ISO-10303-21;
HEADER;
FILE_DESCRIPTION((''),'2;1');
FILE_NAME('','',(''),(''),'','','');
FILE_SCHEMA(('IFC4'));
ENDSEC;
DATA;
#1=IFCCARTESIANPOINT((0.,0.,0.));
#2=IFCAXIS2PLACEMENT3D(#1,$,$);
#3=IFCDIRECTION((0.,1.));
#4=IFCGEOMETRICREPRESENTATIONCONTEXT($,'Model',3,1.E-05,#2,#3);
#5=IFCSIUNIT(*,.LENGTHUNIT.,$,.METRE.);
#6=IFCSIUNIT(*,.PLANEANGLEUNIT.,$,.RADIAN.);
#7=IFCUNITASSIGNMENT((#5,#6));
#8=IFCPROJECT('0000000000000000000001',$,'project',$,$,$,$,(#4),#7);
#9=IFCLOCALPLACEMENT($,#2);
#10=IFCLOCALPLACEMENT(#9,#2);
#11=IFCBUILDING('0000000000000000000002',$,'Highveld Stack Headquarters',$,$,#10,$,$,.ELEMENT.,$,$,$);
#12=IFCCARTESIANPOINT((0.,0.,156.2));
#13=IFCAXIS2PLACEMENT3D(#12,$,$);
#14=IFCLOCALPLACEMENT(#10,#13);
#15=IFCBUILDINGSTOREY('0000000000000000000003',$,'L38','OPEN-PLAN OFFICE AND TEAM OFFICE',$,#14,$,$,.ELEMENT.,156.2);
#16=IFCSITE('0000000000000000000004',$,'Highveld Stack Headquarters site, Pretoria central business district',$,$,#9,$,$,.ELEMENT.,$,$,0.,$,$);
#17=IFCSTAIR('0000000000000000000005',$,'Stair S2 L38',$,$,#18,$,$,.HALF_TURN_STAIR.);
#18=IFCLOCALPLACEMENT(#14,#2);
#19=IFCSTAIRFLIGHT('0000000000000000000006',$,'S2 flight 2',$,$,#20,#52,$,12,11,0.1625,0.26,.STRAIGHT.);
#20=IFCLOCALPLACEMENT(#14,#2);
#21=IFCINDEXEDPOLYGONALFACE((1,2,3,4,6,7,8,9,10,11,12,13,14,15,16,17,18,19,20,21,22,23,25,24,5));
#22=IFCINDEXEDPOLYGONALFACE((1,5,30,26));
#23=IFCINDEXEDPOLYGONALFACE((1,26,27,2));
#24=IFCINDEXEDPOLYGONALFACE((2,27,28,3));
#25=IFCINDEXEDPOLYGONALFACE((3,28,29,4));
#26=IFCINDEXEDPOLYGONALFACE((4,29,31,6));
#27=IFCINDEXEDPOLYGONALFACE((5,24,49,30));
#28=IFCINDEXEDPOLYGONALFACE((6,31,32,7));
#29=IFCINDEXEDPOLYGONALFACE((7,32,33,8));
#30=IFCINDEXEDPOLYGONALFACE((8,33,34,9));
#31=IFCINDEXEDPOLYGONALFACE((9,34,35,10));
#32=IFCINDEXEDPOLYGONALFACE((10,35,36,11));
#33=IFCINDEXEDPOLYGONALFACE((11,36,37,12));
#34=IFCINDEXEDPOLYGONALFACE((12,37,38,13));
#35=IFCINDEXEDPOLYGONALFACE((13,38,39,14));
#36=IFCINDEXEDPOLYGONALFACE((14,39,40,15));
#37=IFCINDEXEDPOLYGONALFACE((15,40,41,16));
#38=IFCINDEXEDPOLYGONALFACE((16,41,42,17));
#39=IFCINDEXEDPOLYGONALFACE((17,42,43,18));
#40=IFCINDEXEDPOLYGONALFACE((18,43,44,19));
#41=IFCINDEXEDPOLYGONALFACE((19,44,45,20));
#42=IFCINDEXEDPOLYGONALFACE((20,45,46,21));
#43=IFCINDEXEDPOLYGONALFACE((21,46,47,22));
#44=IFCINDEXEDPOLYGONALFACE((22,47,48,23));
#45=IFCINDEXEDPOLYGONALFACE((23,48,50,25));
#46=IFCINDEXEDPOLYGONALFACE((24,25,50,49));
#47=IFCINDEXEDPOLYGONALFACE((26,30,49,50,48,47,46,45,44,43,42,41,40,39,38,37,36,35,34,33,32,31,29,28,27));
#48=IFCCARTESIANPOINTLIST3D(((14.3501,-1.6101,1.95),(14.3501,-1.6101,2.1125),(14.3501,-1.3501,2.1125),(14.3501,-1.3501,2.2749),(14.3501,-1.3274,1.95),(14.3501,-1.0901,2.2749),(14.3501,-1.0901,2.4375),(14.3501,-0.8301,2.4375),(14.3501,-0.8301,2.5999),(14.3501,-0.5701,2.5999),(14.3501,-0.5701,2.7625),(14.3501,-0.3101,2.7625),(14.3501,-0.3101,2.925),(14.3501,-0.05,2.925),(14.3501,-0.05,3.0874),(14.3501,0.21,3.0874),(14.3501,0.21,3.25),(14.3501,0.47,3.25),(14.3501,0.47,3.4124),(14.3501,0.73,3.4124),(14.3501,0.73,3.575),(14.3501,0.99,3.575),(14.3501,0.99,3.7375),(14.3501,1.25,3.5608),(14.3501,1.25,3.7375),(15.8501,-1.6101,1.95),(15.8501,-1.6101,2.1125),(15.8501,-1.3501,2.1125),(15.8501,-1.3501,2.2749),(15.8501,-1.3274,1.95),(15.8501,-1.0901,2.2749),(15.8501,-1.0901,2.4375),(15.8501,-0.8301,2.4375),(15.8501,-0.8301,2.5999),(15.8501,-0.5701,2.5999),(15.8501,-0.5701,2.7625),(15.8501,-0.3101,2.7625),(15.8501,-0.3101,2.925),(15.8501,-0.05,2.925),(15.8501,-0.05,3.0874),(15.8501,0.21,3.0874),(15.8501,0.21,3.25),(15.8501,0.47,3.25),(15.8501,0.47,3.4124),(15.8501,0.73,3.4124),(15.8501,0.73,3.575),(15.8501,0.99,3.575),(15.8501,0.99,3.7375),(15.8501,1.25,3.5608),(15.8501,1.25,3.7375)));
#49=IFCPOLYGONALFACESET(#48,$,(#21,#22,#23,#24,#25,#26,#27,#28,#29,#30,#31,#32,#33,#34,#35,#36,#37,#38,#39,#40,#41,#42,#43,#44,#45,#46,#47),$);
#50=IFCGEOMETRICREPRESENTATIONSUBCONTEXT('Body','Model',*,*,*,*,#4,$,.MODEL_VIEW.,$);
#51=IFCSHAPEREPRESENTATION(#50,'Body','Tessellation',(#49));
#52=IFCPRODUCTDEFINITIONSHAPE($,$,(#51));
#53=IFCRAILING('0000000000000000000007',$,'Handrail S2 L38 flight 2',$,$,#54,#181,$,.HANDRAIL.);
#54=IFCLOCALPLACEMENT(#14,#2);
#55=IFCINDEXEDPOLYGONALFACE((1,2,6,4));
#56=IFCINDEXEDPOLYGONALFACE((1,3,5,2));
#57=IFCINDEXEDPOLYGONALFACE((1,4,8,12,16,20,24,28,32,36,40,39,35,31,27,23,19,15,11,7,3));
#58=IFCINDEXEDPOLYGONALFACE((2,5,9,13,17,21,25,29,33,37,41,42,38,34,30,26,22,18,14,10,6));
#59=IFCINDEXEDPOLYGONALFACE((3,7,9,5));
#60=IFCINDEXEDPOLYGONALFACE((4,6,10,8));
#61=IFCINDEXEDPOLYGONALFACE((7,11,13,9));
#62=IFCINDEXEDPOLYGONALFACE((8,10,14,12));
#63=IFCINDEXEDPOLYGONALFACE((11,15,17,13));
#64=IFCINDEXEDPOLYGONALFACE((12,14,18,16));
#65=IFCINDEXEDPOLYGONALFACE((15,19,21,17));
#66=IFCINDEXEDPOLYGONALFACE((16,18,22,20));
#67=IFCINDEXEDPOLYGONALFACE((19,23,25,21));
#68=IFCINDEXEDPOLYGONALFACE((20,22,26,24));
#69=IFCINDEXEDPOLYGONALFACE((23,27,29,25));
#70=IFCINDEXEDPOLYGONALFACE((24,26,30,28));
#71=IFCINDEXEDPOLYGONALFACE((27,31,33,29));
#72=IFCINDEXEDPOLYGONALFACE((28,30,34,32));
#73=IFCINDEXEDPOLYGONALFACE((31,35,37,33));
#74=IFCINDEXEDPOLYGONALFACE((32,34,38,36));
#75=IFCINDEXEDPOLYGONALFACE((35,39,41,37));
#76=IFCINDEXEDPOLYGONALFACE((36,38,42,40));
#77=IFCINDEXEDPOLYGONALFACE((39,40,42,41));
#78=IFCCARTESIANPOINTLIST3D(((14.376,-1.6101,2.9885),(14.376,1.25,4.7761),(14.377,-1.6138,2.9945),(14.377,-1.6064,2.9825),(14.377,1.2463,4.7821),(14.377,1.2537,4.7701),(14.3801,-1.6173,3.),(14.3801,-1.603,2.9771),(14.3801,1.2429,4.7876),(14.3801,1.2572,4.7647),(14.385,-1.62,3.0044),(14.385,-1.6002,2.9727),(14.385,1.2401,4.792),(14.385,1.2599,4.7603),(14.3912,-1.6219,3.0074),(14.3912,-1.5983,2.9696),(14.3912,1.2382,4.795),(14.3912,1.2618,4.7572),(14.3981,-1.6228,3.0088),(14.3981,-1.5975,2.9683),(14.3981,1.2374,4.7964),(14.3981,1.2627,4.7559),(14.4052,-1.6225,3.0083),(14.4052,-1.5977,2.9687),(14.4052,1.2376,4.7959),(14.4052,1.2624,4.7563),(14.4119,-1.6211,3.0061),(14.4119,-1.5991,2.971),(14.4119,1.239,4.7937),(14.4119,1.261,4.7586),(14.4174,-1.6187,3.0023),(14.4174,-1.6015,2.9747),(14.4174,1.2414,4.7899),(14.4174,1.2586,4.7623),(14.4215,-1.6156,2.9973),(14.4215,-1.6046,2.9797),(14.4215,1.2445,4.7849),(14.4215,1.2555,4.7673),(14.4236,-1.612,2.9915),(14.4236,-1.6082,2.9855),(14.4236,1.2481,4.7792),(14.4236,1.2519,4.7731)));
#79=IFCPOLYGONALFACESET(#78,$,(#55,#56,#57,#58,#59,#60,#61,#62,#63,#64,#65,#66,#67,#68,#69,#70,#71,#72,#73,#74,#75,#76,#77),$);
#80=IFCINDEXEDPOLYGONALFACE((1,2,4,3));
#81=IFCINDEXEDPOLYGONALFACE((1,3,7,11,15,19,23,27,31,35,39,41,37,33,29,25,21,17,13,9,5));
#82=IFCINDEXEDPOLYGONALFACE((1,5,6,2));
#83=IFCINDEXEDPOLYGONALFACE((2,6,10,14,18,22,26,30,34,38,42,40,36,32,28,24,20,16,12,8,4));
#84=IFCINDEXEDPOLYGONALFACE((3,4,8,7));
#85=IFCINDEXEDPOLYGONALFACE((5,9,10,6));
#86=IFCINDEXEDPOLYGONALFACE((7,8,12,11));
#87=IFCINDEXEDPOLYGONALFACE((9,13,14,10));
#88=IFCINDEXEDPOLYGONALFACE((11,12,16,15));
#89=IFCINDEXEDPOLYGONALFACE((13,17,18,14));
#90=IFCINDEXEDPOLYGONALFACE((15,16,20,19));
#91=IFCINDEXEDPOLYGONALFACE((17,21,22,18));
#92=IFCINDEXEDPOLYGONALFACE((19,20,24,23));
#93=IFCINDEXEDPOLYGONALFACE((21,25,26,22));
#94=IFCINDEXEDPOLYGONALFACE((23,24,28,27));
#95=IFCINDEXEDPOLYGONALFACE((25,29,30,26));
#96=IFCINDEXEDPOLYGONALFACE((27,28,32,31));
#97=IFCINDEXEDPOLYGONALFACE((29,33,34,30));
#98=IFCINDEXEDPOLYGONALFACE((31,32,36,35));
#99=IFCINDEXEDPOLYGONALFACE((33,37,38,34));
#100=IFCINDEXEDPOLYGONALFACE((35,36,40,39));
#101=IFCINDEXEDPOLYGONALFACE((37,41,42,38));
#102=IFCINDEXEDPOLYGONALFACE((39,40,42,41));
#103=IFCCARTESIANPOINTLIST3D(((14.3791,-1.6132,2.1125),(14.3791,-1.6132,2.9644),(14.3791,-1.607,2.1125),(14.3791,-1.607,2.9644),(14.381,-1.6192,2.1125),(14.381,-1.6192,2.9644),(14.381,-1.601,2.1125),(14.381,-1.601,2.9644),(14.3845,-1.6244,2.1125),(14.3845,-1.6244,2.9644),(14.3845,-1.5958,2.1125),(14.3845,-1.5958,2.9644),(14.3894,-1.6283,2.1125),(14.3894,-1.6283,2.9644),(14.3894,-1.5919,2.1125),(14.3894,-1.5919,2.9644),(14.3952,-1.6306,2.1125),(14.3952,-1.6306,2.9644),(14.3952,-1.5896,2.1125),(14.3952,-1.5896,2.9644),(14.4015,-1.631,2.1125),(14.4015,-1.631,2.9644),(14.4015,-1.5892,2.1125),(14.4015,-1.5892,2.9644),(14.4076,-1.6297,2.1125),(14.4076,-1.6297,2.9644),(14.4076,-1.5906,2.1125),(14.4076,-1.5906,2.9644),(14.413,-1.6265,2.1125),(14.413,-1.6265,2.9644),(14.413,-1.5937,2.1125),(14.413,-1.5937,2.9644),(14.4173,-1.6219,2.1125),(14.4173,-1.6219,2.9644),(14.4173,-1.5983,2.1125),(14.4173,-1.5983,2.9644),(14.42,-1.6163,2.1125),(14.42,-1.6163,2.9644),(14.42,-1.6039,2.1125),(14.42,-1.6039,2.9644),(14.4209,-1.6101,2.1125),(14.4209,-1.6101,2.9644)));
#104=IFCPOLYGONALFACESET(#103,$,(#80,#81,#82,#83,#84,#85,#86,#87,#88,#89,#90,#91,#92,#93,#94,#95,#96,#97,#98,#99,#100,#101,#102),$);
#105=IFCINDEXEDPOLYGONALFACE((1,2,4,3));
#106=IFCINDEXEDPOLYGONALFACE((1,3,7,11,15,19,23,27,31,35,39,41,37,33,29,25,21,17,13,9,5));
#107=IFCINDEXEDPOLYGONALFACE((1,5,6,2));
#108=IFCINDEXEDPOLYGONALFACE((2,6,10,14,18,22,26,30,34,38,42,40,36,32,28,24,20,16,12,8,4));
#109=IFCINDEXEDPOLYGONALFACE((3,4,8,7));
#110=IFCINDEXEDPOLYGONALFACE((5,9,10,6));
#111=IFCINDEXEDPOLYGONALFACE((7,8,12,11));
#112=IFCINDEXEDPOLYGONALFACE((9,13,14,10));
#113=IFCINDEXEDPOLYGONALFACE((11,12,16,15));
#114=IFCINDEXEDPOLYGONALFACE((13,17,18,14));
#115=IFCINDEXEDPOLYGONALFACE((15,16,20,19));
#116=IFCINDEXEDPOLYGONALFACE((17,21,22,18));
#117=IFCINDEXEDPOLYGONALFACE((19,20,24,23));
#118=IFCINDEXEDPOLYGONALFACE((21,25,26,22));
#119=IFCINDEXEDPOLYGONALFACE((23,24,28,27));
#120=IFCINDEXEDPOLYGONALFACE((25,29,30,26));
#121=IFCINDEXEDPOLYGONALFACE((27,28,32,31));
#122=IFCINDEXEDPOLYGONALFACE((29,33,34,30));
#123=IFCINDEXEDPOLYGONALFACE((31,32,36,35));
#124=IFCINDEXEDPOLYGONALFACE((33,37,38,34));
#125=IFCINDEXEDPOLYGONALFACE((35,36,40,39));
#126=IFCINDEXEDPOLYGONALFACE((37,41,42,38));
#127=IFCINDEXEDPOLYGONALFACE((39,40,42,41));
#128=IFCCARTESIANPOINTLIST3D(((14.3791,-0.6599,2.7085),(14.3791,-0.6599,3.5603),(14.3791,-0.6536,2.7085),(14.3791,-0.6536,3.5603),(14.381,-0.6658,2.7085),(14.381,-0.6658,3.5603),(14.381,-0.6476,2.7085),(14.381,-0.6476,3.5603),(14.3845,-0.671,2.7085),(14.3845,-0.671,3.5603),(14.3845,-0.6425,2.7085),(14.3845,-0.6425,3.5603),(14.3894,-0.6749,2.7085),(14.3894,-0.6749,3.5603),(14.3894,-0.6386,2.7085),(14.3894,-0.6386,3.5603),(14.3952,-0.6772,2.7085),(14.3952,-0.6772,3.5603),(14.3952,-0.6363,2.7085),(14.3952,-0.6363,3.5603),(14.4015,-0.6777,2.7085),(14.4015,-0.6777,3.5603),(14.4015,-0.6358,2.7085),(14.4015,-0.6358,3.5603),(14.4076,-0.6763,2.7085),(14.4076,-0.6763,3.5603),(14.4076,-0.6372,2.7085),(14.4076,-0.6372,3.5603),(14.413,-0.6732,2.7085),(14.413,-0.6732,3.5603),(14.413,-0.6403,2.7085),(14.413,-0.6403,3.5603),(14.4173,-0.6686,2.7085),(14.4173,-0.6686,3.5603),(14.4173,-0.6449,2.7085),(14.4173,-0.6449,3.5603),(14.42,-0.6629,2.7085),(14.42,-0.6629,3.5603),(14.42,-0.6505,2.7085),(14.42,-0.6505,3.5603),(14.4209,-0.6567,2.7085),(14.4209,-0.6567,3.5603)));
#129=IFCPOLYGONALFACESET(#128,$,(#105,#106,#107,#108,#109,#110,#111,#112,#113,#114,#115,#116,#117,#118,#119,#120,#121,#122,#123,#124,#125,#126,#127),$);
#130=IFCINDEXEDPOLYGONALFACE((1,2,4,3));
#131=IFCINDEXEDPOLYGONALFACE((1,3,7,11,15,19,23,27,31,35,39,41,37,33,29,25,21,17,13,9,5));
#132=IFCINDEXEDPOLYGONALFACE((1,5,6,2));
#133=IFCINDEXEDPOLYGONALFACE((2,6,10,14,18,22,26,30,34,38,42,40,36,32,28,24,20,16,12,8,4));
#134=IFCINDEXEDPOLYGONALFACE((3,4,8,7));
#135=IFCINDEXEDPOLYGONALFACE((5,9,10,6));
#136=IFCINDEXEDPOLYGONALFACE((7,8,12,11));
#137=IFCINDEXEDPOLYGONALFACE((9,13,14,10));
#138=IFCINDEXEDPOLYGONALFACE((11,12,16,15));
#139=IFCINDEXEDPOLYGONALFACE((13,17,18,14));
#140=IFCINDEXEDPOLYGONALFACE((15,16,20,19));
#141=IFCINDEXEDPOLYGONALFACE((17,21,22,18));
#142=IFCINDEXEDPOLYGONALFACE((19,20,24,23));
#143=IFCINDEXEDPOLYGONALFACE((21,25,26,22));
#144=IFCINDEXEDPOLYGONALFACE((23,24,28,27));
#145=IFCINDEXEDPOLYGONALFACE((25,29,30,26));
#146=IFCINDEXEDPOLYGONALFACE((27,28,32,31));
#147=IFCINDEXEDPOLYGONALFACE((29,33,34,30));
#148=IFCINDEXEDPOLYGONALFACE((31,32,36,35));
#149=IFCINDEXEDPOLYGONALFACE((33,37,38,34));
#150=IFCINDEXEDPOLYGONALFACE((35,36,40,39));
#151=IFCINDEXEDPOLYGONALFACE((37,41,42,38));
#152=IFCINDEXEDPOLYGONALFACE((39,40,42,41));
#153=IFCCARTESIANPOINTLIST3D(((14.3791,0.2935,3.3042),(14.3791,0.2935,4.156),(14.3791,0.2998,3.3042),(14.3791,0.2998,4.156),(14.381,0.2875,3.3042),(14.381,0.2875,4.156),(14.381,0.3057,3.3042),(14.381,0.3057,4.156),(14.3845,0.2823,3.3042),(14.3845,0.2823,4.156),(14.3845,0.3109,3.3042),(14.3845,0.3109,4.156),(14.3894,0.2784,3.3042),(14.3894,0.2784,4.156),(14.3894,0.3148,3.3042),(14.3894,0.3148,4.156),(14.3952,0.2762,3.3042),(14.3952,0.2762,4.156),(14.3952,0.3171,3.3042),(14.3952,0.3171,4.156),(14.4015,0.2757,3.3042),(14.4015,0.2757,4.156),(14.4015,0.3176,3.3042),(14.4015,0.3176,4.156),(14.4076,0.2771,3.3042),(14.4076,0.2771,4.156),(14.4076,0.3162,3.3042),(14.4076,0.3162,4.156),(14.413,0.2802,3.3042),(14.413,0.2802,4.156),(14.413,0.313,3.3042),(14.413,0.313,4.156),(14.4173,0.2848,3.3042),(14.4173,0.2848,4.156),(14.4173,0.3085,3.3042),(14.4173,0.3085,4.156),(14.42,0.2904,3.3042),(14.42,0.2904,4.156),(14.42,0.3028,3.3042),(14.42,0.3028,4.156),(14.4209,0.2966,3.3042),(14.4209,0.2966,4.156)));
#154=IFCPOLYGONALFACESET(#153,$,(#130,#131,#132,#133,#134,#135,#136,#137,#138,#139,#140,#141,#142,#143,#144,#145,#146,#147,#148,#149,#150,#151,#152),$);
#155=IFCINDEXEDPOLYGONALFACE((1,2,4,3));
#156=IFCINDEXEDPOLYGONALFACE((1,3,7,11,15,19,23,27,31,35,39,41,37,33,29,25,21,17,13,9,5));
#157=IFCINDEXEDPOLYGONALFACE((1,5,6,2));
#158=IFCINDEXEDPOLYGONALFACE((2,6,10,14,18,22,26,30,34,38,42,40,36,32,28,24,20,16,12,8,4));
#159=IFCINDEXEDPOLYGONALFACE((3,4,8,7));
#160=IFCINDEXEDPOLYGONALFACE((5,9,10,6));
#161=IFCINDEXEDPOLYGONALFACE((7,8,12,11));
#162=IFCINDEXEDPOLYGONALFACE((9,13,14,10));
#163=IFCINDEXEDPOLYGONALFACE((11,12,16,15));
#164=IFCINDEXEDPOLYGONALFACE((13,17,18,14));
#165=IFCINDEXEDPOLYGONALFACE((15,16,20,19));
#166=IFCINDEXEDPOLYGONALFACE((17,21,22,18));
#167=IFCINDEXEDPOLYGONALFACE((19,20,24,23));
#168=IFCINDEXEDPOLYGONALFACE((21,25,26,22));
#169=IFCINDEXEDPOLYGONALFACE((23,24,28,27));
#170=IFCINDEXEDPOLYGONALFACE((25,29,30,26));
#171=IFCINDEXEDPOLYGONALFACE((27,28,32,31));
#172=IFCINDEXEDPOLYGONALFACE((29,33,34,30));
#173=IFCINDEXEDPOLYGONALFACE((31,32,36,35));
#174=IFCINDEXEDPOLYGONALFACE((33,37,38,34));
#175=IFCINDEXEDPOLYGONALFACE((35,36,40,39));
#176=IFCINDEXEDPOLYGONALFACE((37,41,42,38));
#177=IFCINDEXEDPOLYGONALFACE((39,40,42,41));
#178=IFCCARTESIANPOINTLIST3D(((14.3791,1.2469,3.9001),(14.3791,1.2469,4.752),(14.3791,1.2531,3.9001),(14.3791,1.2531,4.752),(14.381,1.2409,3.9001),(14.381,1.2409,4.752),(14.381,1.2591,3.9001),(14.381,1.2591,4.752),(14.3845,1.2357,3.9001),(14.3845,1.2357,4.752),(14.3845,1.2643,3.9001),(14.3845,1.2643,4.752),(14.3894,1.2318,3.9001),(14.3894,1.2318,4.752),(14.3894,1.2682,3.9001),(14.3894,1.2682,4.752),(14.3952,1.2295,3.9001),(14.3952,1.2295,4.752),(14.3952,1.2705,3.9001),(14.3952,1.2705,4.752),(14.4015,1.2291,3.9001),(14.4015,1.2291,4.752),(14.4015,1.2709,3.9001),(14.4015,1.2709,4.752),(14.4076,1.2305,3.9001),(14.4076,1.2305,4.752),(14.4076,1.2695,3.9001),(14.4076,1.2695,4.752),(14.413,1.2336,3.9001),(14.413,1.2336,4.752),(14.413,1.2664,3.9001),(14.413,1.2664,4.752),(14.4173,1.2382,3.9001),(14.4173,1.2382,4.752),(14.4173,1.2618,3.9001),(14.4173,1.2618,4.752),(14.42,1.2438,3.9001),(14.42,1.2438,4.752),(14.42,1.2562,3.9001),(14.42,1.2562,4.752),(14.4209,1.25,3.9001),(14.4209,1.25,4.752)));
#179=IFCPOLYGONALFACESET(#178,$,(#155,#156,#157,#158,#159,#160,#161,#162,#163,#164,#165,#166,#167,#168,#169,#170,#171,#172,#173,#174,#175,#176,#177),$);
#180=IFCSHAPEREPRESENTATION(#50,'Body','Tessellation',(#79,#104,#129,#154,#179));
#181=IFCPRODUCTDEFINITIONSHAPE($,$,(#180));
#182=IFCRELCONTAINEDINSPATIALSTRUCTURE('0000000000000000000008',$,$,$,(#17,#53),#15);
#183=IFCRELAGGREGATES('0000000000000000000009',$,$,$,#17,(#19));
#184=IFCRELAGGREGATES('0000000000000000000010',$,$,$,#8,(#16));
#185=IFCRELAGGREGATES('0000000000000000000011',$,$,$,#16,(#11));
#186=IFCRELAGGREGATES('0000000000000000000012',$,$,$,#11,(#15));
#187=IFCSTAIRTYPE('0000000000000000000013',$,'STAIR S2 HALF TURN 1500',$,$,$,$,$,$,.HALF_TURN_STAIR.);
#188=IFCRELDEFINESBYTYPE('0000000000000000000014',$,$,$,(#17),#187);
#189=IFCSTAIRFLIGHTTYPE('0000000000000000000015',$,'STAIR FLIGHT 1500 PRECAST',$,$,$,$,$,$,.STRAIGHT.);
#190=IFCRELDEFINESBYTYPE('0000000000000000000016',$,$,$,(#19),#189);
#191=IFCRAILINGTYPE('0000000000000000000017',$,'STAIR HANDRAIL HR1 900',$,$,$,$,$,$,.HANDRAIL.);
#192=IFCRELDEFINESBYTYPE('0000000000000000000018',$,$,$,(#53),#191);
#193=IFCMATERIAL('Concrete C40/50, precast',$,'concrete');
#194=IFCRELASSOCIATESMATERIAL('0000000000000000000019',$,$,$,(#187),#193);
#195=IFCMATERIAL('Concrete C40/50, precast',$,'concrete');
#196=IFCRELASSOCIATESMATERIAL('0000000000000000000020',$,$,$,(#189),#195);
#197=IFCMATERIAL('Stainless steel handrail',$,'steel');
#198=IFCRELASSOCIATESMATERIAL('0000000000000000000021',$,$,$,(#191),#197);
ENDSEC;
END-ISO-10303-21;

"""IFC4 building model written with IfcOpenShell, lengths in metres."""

from ifc_helpers import new_model, si_unit, direction, frame, origin, origin_2d, place, context, subcontext, project, spatial, polyline, circle, outline, extrude, material, type_object, element, aggregate, save


model = new_model("IFC4")

# Units and contexts
model_context = context("Model", 3, precision=1e-05, world=origin(), true_north=direction((0.0, 1.0)))
body_context = subcontext(model_context, "Body", "Model", "MODEL_VIEW")
ifc_project = project(units=[si_unit("LENGTHUNIT", "METRE"), si_unit("PLANEANGLEUNIT", "RADIAN")], contexts=[model_context])

# Site, building, storey
site_placement = place(None, origin())
site = spatial("IfcSite", under=ifc_project, at=site_placement, Name="Highveld Stack Headquarters site, Pretoria central business district", CompositionType="ELEMENT", RefElevation=0.0)
building_placement = place(site_placement, origin())
building = spatial("IfcBuilding", under=site, at=building_placement, Name="Highveld Stack Headquarters", CompositionType="ELEMENT")
storey_placement = place(building_placement, frame((0.0, 0.0, 156.2)))
storey = spatial("IfcBuildingStorey", under=building, at=storey_placement, Name="L38", Description="OPEN-PLAN OFFICE AND TEAM OFFICE", CompositionType="ELEMENT", Elevation=156.2)

# Stair, stair flight
ifc_material_1 = material(Name="Concrete C40/50, precast", Category="concrete")
stair_type = type_object("IfcStairType", Name="STAIR S2 HALF TURN 1500", PredefinedType="HALF_TURN_STAIR", material=ifc_material_1)
stair_placement = place(storey_placement, origin())
stair = element("IfcStair", 1, at=stair_placement, inside=storey, type_object=stair_type, Name="Stair S2 L38", PredefinedType="HALF_TURN_STAIR")
ifc_material_2 = material(Name="Concrete C40/50, precast", Category="concrete")
stair_flight_type = type_object("IfcStairFlightType", Name="STAIR FLIGHT 1500 PRECAST", PredefinedType="STRAIGHT", material=ifc_material_2)
stair_flight_placement = place(storey_placement, frame((15.1001, -1.6101, 1.95), z_axis=(0.0, 0.0, 1.0), x_axis=(0.0, 1.0, 0.0)))
stair_flight = element("IfcStairFlight", 2, at=stair_flight_placement, type_object=stair_flight_type, Name="S2 flight 2", NumberOfRisers=12, NumberOfTreads=11, PredefinedType="STRAIGHT", RiserHeight=0.1625, TreadLength=0.26, context=body_context, shape_type="SweptSolid", body=[
    extrude(outline(polyline([(0.0, 0.0), (0.0, 0.1626), (0.26, 0.1626), (0.26, 0.325), (0.52, 0.325), (0.52, 0.4875), (0.78, 0.4875), (0.78, 0.6499), (1.04, 0.6499), (1.04, 0.8125), (1.3, 0.8125), (1.3, 0.9751), (1.5601, 0.9751), (1.5601, 1.1375), (1.8201, 1.1375), (1.8201, 1.3), (2.0801, 1.3), (2.0801, 1.4624), (2.3401, 1.4624), (2.3401, 1.625), (2.6001, 1.625), (2.6001, 1.7876), (2.8601, 1.7876), (2.8601, 1.95), (2.8601, 1.6108), (0.2827, 0.0), (0.0, 0.0)])), frame((0.0, 0.75, 0.0), z_axis=(0.0, -1.0, 0.0), x_axis=(1.0, 0.0, 0.0)), (0.0, 0.0, 1.0), 1.5),
])
aggregate(stair, [stair_flight])

# Railing
ifc_material_3 = material(Name="Stainless steel handrail", Category="steel")
railing_type = type_object("IfcRailingType", Name="STAIR HANDRAIL HR1 900", PredefinedType="HANDRAIL", material=ifc_material_3)
for number, where, name in (
    (3, (14.3999, -1.6101, 2.1125), "Handrail S2 L38 flight 2"),
):
    element("IfcRailing", number, at=place(storey_placement, frame(where)), inside=storey, type_object=railing_type, Name=name, PredefinedType="HANDRAIL", context=body_context, shape_type="SweptSolid", body=[
        extrude(circle(Radius=0.0239, at=origin_2d()), frame((0.0, 0.0, 0.876), z_axis=(0.0, 0.847994, 0.530005), x_axis=(-1.0, 0.0, 0.0)), (0.0, 0.0, 1.0), 3.3728),
        extrude(circle(Radius=0.021, at=origin_2d()), origin(), (0.0, 0.0, 1.0), 0.8518),
        extrude(circle(Radius=0.021, at=origin_2d()), frame((0.0, 0.9534, 0.5959)), (0.0, 0.0, 1.0), 0.8518),
        extrude(circle(Radius=0.021, at=origin_2d()), frame((0.0, 1.9067, 1.1917)), (0.0, 0.0, 1.0), 0.8518),
        extrude(circle(Radius=0.021, at=origin_2d()), frame((0.0, 2.8601, 1.7876)), (0.0, 0.0, 1.0), 0.8518),
    ])

save(model, "model.ifc")
